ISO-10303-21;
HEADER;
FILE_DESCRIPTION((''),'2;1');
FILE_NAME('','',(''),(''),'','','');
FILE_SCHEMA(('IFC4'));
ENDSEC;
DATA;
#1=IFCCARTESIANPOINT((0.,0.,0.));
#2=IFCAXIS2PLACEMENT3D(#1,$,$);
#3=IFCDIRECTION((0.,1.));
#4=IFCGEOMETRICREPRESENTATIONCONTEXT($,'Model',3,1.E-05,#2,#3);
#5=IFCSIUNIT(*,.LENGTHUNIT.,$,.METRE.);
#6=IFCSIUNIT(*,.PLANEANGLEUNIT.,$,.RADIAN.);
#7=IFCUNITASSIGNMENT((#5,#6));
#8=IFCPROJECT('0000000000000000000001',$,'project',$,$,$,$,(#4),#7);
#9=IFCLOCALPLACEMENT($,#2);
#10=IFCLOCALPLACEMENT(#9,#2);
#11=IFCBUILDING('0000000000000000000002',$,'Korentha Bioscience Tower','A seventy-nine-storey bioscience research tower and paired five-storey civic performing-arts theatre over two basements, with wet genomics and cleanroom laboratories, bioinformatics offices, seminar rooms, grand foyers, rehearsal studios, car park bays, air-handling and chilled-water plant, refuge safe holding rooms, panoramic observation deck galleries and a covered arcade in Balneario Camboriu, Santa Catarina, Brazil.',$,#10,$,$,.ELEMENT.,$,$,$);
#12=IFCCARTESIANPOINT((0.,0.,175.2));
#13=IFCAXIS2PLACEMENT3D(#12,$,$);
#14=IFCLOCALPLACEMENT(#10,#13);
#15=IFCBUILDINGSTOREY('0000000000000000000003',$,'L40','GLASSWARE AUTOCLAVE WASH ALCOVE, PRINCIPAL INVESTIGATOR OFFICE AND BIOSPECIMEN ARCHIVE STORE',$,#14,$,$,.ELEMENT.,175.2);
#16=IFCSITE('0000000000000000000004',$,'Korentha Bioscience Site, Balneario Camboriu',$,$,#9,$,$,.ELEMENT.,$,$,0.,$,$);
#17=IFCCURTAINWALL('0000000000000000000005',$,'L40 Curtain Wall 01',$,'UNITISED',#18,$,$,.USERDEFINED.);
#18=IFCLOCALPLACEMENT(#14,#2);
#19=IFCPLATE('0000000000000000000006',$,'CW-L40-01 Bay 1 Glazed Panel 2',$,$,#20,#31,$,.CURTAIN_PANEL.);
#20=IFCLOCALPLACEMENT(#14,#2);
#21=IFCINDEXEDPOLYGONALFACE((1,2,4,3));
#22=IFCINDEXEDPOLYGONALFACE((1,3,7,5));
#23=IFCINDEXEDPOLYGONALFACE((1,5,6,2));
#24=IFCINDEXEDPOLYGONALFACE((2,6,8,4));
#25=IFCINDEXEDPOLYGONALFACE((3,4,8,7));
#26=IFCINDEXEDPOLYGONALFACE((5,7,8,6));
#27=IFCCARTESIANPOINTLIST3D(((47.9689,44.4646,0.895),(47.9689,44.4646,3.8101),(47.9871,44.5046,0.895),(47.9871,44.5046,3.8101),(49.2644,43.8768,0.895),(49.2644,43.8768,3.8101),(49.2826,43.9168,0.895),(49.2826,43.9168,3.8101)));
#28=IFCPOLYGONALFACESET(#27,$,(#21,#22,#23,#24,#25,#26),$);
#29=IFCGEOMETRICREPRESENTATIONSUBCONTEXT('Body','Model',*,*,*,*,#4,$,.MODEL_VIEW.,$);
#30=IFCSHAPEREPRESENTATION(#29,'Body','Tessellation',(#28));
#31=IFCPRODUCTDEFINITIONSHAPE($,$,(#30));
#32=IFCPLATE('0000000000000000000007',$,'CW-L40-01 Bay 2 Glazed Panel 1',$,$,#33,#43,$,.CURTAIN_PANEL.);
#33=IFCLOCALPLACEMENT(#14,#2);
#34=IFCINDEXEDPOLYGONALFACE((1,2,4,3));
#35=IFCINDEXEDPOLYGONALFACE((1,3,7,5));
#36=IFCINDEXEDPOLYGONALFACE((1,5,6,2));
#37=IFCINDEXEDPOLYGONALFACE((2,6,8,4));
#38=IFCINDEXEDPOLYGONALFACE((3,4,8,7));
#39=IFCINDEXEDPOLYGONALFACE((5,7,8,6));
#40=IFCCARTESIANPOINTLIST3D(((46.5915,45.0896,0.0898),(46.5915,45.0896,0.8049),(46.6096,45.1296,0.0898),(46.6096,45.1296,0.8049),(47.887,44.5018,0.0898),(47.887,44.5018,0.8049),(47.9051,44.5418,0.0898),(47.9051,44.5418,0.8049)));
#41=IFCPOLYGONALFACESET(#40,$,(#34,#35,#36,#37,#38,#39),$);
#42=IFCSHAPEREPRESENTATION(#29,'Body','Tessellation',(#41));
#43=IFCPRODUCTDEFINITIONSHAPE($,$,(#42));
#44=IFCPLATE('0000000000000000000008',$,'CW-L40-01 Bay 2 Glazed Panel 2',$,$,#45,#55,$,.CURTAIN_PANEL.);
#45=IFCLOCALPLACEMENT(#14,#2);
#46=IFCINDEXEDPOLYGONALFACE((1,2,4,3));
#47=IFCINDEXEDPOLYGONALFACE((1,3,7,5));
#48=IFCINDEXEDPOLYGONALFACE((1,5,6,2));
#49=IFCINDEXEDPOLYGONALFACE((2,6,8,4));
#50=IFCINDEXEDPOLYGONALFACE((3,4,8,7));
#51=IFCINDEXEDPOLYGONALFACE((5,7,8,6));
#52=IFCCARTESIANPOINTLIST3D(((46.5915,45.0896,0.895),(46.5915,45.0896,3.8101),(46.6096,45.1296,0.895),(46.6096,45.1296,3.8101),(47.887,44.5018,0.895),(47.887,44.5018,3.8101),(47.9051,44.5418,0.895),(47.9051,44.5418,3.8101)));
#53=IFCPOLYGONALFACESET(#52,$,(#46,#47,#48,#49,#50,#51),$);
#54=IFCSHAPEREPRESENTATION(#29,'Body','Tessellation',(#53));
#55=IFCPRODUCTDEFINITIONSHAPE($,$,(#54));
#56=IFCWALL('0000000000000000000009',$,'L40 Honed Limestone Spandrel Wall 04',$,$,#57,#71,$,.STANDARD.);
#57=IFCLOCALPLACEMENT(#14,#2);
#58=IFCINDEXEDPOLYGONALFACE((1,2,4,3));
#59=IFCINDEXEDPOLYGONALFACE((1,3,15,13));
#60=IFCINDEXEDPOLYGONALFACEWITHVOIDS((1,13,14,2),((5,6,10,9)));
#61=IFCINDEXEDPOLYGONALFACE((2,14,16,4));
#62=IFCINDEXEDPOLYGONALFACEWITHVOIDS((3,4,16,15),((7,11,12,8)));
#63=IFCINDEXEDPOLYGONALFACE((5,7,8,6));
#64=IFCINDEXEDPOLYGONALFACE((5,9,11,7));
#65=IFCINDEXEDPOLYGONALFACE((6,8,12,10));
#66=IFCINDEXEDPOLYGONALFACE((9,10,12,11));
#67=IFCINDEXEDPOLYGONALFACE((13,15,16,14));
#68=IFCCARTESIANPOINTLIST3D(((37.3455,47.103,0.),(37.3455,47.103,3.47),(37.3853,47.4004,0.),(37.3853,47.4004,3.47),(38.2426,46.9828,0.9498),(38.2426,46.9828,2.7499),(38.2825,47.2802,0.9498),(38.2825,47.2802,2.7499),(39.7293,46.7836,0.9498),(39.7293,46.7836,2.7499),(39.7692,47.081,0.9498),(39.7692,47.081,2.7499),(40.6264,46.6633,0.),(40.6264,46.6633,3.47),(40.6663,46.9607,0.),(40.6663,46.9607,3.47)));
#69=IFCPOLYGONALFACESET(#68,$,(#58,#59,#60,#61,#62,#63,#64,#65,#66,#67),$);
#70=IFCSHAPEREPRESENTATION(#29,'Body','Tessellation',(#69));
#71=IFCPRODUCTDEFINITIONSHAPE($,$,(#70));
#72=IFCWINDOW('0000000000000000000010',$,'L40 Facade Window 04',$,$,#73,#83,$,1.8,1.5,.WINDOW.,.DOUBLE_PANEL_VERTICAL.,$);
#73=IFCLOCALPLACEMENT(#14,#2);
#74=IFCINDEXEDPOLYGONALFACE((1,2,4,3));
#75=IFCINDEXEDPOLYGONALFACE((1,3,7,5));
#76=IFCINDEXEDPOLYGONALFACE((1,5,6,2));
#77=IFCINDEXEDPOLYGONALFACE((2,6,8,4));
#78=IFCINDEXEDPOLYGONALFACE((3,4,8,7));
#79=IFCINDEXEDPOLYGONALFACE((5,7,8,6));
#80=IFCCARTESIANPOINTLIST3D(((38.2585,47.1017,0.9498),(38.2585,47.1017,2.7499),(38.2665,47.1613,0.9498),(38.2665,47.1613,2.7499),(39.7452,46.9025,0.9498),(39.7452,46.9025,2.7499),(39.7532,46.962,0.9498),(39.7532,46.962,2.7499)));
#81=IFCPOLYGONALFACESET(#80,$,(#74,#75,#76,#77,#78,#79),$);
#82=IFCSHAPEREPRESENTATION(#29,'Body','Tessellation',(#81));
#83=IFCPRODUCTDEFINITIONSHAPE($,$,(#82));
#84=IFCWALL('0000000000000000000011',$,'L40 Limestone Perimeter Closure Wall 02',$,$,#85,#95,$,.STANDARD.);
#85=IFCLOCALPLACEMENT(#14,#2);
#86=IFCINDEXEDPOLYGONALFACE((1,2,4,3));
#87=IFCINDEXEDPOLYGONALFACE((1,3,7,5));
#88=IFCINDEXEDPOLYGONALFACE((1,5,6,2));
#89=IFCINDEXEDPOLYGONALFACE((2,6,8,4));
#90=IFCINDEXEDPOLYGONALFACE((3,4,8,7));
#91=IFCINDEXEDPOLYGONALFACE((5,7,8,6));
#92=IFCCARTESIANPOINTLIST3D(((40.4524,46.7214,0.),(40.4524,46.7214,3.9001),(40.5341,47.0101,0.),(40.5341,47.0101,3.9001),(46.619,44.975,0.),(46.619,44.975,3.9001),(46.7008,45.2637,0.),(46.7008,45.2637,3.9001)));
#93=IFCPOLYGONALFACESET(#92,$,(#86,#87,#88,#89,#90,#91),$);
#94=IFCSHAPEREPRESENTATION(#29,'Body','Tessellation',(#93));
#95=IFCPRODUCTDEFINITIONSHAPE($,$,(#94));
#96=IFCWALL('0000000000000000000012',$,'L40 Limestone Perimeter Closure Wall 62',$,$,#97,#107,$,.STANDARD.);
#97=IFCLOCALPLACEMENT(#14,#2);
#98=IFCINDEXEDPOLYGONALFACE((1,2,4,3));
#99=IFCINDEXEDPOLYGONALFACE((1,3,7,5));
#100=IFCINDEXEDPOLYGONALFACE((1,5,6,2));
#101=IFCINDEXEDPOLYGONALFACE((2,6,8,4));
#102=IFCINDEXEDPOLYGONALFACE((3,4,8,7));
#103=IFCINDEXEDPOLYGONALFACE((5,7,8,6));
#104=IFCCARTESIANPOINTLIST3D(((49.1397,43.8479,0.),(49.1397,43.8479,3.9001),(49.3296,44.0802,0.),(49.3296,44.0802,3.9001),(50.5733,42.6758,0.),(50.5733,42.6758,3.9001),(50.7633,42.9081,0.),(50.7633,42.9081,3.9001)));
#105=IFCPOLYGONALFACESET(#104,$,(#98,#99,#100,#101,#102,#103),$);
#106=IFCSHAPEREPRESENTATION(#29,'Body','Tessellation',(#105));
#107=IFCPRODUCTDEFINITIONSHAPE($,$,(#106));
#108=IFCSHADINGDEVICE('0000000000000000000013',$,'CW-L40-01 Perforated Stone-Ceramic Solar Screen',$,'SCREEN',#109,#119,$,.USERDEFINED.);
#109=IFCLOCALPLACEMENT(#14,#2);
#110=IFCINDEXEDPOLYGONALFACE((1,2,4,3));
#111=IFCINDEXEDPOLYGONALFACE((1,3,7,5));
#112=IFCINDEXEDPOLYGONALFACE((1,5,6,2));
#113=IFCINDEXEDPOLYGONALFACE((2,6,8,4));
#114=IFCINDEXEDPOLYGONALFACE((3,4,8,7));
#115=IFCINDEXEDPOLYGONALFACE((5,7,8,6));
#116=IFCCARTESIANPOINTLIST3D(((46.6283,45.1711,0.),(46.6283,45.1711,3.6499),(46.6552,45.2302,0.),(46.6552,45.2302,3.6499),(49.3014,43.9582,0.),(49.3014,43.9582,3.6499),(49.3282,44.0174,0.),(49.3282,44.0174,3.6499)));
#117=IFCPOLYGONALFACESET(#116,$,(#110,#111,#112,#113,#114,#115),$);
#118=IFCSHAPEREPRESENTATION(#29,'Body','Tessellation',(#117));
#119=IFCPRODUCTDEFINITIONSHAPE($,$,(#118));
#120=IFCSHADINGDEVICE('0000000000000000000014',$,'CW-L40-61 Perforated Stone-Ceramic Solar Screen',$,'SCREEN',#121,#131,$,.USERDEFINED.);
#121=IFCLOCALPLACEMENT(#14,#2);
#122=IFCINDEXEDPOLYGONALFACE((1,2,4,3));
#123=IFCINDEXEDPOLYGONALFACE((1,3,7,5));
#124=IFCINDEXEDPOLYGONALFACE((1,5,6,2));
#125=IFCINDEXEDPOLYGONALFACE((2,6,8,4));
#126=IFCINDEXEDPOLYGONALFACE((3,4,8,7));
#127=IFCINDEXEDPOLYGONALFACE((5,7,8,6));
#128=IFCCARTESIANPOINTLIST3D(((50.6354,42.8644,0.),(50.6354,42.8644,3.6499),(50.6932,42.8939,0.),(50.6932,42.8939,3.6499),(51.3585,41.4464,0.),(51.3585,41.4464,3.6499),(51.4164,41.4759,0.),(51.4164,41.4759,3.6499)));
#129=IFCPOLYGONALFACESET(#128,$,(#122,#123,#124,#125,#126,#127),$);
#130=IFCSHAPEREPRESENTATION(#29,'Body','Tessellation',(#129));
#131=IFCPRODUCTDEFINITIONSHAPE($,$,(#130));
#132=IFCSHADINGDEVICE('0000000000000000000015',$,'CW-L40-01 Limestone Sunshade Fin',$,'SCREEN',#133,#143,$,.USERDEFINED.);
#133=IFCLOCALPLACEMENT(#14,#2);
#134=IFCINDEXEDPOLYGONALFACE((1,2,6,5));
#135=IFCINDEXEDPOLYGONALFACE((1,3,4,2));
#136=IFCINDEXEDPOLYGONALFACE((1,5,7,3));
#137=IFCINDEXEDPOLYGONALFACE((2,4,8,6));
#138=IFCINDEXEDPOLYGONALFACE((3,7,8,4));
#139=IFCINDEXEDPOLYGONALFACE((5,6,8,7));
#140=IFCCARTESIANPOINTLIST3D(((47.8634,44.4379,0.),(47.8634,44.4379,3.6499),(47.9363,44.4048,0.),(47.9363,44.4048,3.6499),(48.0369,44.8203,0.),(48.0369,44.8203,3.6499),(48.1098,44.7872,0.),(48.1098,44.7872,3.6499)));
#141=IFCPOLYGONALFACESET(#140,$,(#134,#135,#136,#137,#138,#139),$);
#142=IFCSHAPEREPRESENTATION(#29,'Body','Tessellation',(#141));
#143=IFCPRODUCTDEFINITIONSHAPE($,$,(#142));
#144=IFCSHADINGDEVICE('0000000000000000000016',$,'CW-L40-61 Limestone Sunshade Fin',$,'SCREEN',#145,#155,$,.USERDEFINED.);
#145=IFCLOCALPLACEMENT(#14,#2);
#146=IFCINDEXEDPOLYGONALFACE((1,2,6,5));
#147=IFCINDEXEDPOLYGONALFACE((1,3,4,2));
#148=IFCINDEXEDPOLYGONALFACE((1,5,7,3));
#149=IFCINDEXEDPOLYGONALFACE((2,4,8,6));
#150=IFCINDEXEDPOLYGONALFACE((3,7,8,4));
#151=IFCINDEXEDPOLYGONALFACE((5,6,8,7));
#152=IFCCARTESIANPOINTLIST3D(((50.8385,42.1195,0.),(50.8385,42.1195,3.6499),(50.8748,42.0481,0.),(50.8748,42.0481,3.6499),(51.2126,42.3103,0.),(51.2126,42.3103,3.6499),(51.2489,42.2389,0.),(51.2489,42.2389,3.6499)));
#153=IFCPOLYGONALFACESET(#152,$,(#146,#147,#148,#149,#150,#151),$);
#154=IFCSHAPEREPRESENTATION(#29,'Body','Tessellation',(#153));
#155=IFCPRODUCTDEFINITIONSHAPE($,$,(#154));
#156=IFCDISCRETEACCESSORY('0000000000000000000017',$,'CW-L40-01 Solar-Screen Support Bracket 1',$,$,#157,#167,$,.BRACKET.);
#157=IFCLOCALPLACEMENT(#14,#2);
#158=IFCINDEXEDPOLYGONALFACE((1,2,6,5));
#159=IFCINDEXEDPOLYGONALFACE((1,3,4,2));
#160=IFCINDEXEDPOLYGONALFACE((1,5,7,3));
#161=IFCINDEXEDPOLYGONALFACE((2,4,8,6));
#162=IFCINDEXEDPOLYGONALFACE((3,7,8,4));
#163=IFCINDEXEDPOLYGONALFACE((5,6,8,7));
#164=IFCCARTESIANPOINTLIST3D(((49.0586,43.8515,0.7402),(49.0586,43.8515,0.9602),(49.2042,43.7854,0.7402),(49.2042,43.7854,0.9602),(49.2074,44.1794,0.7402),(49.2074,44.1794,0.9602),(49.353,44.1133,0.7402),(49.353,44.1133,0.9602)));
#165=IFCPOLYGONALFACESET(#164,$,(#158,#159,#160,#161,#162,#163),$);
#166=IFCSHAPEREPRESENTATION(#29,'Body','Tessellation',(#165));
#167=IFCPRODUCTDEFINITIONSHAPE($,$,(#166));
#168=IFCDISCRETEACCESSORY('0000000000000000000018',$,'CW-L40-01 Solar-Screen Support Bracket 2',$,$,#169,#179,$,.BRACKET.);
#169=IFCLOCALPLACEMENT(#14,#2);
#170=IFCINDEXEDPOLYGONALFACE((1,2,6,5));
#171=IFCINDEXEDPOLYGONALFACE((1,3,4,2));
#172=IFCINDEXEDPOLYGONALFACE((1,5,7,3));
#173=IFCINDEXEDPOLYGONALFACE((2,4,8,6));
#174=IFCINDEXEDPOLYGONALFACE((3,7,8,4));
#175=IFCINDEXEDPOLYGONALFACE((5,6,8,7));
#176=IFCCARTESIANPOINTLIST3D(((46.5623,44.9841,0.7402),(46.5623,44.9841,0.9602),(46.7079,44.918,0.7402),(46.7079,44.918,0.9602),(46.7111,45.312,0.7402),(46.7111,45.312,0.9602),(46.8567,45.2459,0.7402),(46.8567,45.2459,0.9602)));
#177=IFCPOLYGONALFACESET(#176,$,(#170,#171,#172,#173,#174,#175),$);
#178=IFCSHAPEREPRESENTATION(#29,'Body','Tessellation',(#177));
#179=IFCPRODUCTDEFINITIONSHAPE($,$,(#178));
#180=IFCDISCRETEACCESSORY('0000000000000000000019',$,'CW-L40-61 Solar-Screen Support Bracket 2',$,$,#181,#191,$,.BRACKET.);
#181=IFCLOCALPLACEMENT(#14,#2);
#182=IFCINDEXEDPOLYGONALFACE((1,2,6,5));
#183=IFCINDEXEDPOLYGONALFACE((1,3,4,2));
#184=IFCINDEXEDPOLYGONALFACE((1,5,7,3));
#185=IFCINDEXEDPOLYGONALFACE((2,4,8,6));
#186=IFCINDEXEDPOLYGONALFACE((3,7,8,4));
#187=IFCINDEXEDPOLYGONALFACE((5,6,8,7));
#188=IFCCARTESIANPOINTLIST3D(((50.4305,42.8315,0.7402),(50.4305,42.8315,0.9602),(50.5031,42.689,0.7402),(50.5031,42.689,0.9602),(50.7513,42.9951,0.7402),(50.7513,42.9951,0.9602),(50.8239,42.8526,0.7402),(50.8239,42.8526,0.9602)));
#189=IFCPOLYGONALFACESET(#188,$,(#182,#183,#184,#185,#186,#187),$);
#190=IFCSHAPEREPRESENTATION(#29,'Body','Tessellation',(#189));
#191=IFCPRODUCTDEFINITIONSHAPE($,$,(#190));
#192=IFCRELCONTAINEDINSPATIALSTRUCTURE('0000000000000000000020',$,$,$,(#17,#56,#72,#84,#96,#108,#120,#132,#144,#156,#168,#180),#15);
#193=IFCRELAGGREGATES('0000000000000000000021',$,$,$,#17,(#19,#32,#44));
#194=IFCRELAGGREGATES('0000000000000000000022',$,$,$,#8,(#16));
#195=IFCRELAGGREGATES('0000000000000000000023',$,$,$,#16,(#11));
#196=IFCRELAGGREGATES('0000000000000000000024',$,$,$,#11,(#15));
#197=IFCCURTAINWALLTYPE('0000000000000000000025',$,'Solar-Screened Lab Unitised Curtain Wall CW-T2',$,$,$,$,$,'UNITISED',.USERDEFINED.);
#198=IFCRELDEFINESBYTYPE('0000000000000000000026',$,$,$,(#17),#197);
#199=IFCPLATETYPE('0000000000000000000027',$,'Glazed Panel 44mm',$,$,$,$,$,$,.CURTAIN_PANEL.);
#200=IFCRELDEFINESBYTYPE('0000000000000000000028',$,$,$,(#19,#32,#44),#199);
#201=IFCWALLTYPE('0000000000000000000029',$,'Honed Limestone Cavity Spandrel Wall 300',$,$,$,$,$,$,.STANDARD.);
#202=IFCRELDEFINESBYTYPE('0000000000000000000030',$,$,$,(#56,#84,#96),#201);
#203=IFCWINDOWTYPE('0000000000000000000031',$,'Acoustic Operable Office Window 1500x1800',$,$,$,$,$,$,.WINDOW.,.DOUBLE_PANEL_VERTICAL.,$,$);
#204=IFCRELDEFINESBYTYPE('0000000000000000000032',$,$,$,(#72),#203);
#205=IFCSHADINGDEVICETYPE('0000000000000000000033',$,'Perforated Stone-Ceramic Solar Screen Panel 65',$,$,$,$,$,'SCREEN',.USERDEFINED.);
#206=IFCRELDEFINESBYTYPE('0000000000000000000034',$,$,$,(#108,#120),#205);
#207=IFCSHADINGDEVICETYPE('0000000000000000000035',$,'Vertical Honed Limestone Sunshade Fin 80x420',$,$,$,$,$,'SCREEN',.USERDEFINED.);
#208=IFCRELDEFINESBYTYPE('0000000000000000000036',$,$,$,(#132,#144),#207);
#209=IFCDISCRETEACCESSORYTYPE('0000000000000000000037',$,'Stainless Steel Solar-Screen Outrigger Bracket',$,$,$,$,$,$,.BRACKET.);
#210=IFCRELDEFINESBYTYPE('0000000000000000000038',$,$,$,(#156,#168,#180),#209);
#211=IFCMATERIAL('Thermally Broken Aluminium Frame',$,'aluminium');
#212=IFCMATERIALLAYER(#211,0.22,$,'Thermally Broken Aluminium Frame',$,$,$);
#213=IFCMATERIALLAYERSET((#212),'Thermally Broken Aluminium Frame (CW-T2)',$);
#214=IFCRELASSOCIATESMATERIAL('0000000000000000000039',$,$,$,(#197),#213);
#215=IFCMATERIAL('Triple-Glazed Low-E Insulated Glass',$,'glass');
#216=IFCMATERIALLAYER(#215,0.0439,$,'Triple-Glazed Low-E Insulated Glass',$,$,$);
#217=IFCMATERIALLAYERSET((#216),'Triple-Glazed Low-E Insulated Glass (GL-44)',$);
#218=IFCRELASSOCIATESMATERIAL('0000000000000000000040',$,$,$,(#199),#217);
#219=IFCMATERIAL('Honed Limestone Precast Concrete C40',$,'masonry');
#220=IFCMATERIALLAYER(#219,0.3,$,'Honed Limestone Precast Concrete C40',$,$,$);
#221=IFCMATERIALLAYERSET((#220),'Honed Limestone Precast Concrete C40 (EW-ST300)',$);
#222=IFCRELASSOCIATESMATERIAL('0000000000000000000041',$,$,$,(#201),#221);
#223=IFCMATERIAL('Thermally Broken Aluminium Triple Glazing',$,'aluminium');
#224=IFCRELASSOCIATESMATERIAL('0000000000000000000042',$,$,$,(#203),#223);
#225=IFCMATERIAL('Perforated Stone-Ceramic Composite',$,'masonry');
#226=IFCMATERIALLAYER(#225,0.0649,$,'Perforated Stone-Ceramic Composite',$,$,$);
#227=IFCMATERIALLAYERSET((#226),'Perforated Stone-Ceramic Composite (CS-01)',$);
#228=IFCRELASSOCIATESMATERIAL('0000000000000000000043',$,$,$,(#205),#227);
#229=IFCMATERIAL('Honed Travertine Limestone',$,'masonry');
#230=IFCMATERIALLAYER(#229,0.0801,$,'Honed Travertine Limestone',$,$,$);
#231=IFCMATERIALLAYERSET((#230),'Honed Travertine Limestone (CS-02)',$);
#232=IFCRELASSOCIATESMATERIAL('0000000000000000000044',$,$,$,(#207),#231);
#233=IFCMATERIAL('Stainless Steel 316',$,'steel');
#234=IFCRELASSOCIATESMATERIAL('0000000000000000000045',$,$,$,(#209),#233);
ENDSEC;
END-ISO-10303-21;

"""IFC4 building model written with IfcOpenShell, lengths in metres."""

from ifc_helpers import new_model, si_unit, direction, frame, frame_2d, origin, origin_2d, place, context, subcontext, project, spatial, rectangle, extrude, material, layer, layer_set, type_object, element, fill, aggregate, save


model = new_model("IFC4")

# Units and contexts
model_context = context("Model", 3, precision=1e-05, world=origin(), true_north=direction((0.0, 1.0)))
body_context = subcontext(model_context, "Body", "Model", "MODEL_VIEW")
ifc_project = project(units=[si_unit("LENGTHUNIT", "METRE"), si_unit("PLANEANGLEUNIT", "RADIAN")], contexts=[model_context])

# Site, building, storey
site_placement = place(None, origin())
site = spatial("IfcSite", under=ifc_project, at=site_placement, Name="Korentha Bioscience Site, Balneario Camboriu", CompositionType="ELEMENT", RefElevation=0.0)
building_placement = place(site_placement, origin())
building = spatial("IfcBuilding", under=site, at=building_placement, Name="Korentha Bioscience Tower", Description="A seventy-nine-storey bioscience research tower and paired five-storey civic performing-arts theatre over two basements, with wet genomics and cleanroom laboratories, bioinformatics offices, seminar rooms, grand foyers, rehearsal studios, car park bays, air-handling and chilled-water plant, refuge safe holding rooms, panoramic observation deck galleries and a covered arcade in Balneario Camboriu, Santa Catarina, Brazil.", CompositionType="ELEMENT")
storey_placement = place(building_placement, frame((0.0, 0.0, 175.2)))
storey = spatial("IfcBuildingStorey", under=building, at=storey_placement, Name="L40", Description="GLASSWARE AUTOCLAVE WASH ALCOVE, PRINCIPAL INVESTIGATOR OFFICE AND BIOSPECIMEN ARCHIVE STORE", CompositionType="ELEMENT", Elevation=175.2)

# Curtain wall
ifc_material_1 = material(Name="Thermally Broken Aluminium Frame", Category="aluminium")
ifc_layer_1 = layer(ifc_material_1, 0.22, Name="Thermally Broken Aluminium Frame")
ifc_layer_set_1 = layer_set([ifc_layer_1], Name="Thermally Broken Aluminium Frame (CW-T2)")
curtain_wall_type = type_object("IfcCurtainWallType", Name="Solar-Screened Lab Unitised Curtain Wall CW-T2", ElementType="UNITISED", PredefinedType="USERDEFINED", material=ifc_layer_set_1)
curtain_wall_1_placement = place(storey_placement, origin())
curtain_wall_1 = element("IfcCurtainWall", 1, at=curtain_wall_1_placement, inside=storey, type_object=curtain_wall_type, Name="L40 Curtain Wall 01", ObjectType="UNITISED", PredefinedType="USERDEFINED")

# Plates
ifc_material_2 = material(Name="Triple-Glazed Low-E Insulated Glass", Category="glass")
ifc_layer_2 = layer(ifc_material_2, 0.0439, Name="Triple-Glazed Low-E Insulated Glass")
ifc_layer_set_2 = layer_set([ifc_layer_2], Name="Triple-Glazed Low-E Insulated Glass (GL-44)")
plate_type = type_object("IfcPlateType", Name="Glazed Panel 44mm", PredefinedType="CURTAIN_PANEL", material=ifc_layer_set_2)
plate_1_placement = place(storey_placement, frame((48.6257, 44.1907, 0.895), z_axis=(0.0, 0.0, 1.0), x_axis=(-0.910644, 0.413191, 0.0)))
plate_1 = element("IfcPlate", 2, at=plate_1_placement, type_object=plate_type, Name="CW-L40-01 Bay 1 Glazed Panel 2", PredefinedType="CURTAIN_PANEL", context=body_context, shape_type="SweptSolid", body=[
    extrude(rectangle(XDim=1.4226, YDim=0.0439, at=origin_2d()), origin(), (0.0, 0.0, 1.0), 2.915),
])
plate_2_placement = place(storey_placement, frame((47.2483, 44.8157, 0.0898), z_axis=(0.0, 0.0, 1.0), x_axis=(-0.910644, 0.413191, 0.0)))
plate_2 = element("IfcPlate", 3, at=plate_2_placement, type_object=plate_type, Name="CW-L40-01 Bay 2 Glazed Panel 1", PredefinedType="CURTAIN_PANEL", context=body_context, shape_type="SweptSolid", body=[
    extrude(rectangle(XDim=1.4226, YDim=0.0439, at=origin_2d()), origin(), (0.0, 0.0, 1.0), 0.7151),
])
plate_3_placement = place(storey_placement, frame((47.2483, 44.8157, 0.895), z_axis=(0.0, 0.0, 1.0), x_axis=(-0.910644, 0.413191, 0.0)))
plate_3 = element("IfcPlate", 4, at=plate_3_placement, type_object=plate_type, Name="CW-L40-01 Bay 2 Glazed Panel 2", PredefinedType="CURTAIN_PANEL", context=body_context, shape_type="SweptSolid", body=[
    extrude(rectangle(XDim=1.4226, YDim=0.0439, at=origin_2d()), origin(), (0.0, 0.0, 1.0), 2.915),
])
aggregate(curtain_wall_1, [plate_1, plate_2, plate_3])

# Wall, opening, window
ifc_material_3 = material(Name="Honed Limestone Precast Concrete C40", Category="masonry")
ifc_layer_3 = layer(ifc_material_3, 0.3, Name="Honed Limestone Precast Concrete C40")
ifc_layer_set_3 = layer_set([ifc_layer_3], Name="Honed Limestone Precast Concrete C40 (EW-ST300)")
wall_type = type_object("IfcWallType", Name="Honed Limestone Cavity Spandrel Wall 300", PredefinedType="STANDARD", material=ifc_layer_set_3)
wall_1_placement = place(storey_placement, frame((40.6465, 46.812, 0.0), z_axis=(0.0, 0.0, 1.0), x_axis=(-0.991139, 0.132826, 0.0)))
wall_1 = element("IfcWall", 5, at=wall_1_placement, inside=storey, type_object=wall_type, Name="L40 Honed Limestone Spandrel Wall 04", PredefinedType="STANDARD", context=body_context, shape_type="SweptSolid", body=[
    extrude(rectangle(XDim=3.3103, YDim=0.3, at=frame_2d((1.6553, 0.0))), origin(), (0.0, 0.0, 1.0), 3.47),
])
opening_placement = place(wall_1_placement, frame((0.9053, 0.0, 0.95)))
opening = element("IfcOpeningElement", 6, at=opening_placement, cuts=wall_1, PredefinedType="OPENING", context=body_context, shape_type="SweptSolid", body=[
    extrude(rectangle(XDim=1.5, YDim=1.8, at=frame_2d((0.75, 0.8999))), frame((0.0, 0.165, 0.0), z_axis=(0.0, -1.0, 0.0), x_axis=(1.0, 0.0, 0.0)), (0.0, 0.0, 1.0), 0.3298),
])
ifc_material_4 = material(Name="Thermally Broken Aluminium Triple Glazing", Category="aluminium")
window_type = type_object("IfcWindowType", Name="Acoustic Operable Office Window 1500x1800", PartitioningType="DOUBLE_PANEL_VERTICAL", PredefinedType="WINDOW", material=ifc_material_4)
window_placement = place(opening_placement, origin())
window = element("IfcWindow", 7, at=window_placement, inside=storey, type_object=window_type, Name="L40 Facade Window 04", OverallHeight=1.8, OverallWidth=1.5, PartitioningType="DOUBLE_PANEL_VERTICAL", PredefinedType="WINDOW", context=body_context, shape_type="SweptSolid", body=[
    extrude(rectangle(XDim=1.5, YDim=1.8, at=frame_2d((0.75, 0.8999))), frame((0.0, 0.03, 0.0), z_axis=(0.0, -1.0, 0.0), x_axis=(1.0, 0.0, 0.0)), (0.0, 0.0, 1.0), 0.0601),
])
fill(opening, window)

# Walls
wall_2_placement = place(storey_placement, frame((46.6599, 45.1194, 0.0), z_axis=(0.0, 0.0, 1.0), x_axis=(-0.962164, 0.272472, 0.0)))
element("IfcWall", 8, at=wall_2_placement, inside=storey, type_object=wall_type, Name="L40 Limestone Perimeter Closure Wall 02", PredefinedType="STANDARD", context=body_context, shape_type="SweptSolid", body=[
    extrude(rectangle(XDim=6.4092, YDim=0.3, at=frame_2d((3.2046, 0.0))), origin(), (0.0, 0.0, 1.0), 3.9001),
])
wall_3_placement = place(storey_placement, frame((50.6682, 42.792, 0.0), z_axis=(0.0, 0.0, 1.0), x_axis=(-0.774175, 0.632972, 0.0)))
element("IfcWall", 9, at=wall_3_placement, inside=storey, type_object=wall_type, Name="L40 Limestone Perimeter Closure Wall 62", PredefinedType="STANDARD", context=body_context, shape_type="SweptSolid", body=[
    extrude(rectangle(XDim=1.8518, YDim=0.3, at=frame_2d((0.9258, 0.0))), origin(), (0.0, 0.0, 1.0), 3.9001),
])

# Shading devices
ifc_material_5 = material(Name="Perforated Stone-Ceramic Composite", Category="masonry")
ifc_layer_4 = layer(ifc_material_5, 0.0649, Name="Perforated Stone-Ceramic Composite")
ifc_layer_set_4 = layer_set([ifc_layer_4], Name="Perforated Stone-Ceramic Composite (CS-01)")
shading_device_type_1 = type_object("IfcShadingDeviceType", Name="Perforated Stone-Ceramic Solar Screen Panel 65", ElementType="SCREEN", PredefinedType="USERDEFINED", material=ifc_layer_set_4)
shading_device_1_placement = place(storey_placement, frame((47.9783, 44.5942, 0.0), z_axis=(0.0, 0.0, 1.0), x_axis=(-0.910644, 0.413191, 0.0)))
element("IfcShadingDevice", 10, at=shading_device_1_placement, inside=storey, type_object=shading_device_type_1, Name="CW-L40-01 Perforated Stone-Ceramic Solar Screen", ObjectType="SCREEN", PredefinedType="USERDEFINED", context=body_context, shape_type="SweptSolid", body=[
    extrude(rectangle(XDim=2.9353, YDim=0.0649, at=origin_2d()), origin(), (0.0, 0.0, 1.0), 3.6499),
])
shading_device_2_placement = place(storey_placement, frame((51.0259, 42.1702, 0.0), z_axis=(0.0, 0.0, 1.0), x_axis=(-0.454288, 0.890855, 0.0)))
element("IfcShadingDevice", 11, at=shading_device_2_placement, inside=storey, type_object=shading_device_type_1, Name="CW-L40-61 Perforated Stone-Ceramic Solar Screen", ObjectType="SCREEN", PredefinedType="USERDEFINED", context=body_context, shape_type="SweptSolid", body=[
    extrude(rectangle(XDim=1.5918, YDim=0.0649, at=origin_2d()), origin(), (0.0, 0.0, 1.0), 3.6499),
])
ifc_material_6 = material(Name="Honed Travertine Limestone", Category="masonry")
ifc_layer_5 = layer(ifc_material_6, 0.0801, Name="Honed Travertine Limestone")
ifc_layer_set_5 = layer_set([ifc_layer_5], Name="Honed Travertine Limestone (CS-02)")
shading_device_type_2 = type_object("IfcShadingDeviceType", Name="Vertical Honed Limestone Sunshade Fin 80x420", ElementType="SCREEN", PredefinedType="USERDEFINED", material=ifc_layer_set_5)
for number, where, z_axis, x_axis, name in (
    (12, (47.9866, 44.6125, 0.0), (0.0, 0.0, 1.0), (-0.910644, 0.413191, 0.0), "CW-L40-01 Limestone Sunshade Fin"),
    (13, (51.0437, 42.1792, 0.0), (0.0, 0.0, 1.0), (-0.454288, 0.890855, 0.0), "CW-L40-61 Limestone Sunshade Fin"),
):
    element("IfcShadingDevice", number, at=place(storey_placement, frame(where, z_axis=z_axis, x_axis=x_axis)), inside=storey, type_object=shading_device_type_2, Name=name, ObjectType="SCREEN", PredefinedType="USERDEFINED", context=body_context, shape_type="SweptSolid", body=[
        extrude(rectangle(XDim=0.0801, YDim=0.4199, at=origin_2d()), origin(), (0.0, 0.0, 1.0), 3.6499),
    ])

# Discrete accessories
ifc_material_7 = material(Name="Stainless Steel 316", Category="steel")
discrete_accessory_type = type_object("IfcDiscreteAccessoryType", Name="Stainless Steel Solar-Screen Outrigger Bracket", PredefinedType="BRACKET", material=ifc_material_7)
for number, where, z_axis, x_axis, name in (
    (14, (49.2058, 43.9824, 0.7402), (0.0, 0.0, 1.0), (-0.910644, 0.413191, 0.0), "CW-L40-01 Solar-Screen Support Bracket 1"),
    (15, (46.7095, 45.115, 0.7402), (0.0, 0.0, 1.0), (-0.910644, 0.413191, 0.0), "CW-L40-01 Solar-Screen Support Bracket 2"),
    (16, (50.6272, 42.842, 0.7402), (0.0, 0.0, 1.0), (-0.454288, 0.890855, 0.0), "CW-L40-61 Solar-Screen Support Bracket 2"),
):
    element("IfcDiscreteAccessory", number, at=place(storey_placement, frame(where, z_axis=z_axis, x_axis=x_axis)), inside=storey, type_object=discrete_accessory_type, Name=name, PredefinedType="BRACKET", context=body_context, shape_type="SweptSolid", body=[
        extrude(rectangle(XDim=0.1599, YDim=0.3601, at=origin_2d()), origin(), (0.0, 0.0, 1.0), 0.22),
    ])

save(model, "model.ifc")
